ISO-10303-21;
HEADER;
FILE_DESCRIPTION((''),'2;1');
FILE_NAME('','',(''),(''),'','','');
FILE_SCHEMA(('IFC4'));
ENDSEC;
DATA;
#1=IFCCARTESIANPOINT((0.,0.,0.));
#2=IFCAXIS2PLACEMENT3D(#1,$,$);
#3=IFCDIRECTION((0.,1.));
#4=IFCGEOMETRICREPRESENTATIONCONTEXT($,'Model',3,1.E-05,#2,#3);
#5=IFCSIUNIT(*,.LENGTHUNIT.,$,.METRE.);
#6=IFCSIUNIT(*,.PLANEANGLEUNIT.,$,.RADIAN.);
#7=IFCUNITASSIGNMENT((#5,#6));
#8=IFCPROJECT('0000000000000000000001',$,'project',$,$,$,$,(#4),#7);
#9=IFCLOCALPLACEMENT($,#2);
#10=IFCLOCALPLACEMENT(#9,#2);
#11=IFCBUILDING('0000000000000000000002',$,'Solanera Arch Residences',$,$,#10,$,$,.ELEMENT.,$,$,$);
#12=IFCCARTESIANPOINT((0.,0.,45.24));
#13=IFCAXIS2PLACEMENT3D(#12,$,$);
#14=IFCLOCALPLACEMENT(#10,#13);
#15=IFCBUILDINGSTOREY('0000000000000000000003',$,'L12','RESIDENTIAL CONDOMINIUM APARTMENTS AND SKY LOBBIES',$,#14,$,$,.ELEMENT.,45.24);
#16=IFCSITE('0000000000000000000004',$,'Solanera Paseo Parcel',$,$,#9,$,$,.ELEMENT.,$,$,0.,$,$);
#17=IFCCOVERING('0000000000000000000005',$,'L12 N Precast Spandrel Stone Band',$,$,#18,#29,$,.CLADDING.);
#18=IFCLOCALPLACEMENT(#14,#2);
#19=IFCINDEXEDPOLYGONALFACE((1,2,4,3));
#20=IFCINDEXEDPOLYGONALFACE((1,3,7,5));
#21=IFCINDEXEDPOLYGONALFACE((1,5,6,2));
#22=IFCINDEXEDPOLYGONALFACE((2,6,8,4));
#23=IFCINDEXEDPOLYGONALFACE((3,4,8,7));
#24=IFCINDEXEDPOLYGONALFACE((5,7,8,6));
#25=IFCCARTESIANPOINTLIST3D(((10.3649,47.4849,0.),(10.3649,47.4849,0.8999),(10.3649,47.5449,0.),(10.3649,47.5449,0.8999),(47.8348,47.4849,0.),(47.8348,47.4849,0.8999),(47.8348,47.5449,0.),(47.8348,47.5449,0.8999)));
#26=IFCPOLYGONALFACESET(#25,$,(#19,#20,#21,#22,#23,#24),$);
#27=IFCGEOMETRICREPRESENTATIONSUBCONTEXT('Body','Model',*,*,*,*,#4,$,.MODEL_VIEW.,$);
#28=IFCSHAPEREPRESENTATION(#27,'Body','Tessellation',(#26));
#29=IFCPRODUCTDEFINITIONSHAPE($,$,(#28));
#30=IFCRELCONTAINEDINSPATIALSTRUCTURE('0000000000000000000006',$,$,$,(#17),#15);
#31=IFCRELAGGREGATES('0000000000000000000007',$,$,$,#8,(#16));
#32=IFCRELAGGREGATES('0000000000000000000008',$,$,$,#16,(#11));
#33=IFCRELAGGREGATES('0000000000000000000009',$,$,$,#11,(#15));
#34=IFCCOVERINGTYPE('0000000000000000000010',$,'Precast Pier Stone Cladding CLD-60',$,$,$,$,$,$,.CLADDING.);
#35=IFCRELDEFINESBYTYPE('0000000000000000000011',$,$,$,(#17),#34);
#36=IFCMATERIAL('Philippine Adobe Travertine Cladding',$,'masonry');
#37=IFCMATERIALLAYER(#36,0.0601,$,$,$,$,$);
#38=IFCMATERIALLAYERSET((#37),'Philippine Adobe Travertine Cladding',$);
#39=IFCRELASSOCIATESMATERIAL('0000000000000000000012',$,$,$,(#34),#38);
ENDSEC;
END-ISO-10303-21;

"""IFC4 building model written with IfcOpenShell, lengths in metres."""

from ifc_helpers import new_model, si_unit, direction, frame, frame_2d, origin, place, context, subcontext, project, spatial, rectangle, extrude, material, layer, layer_set, type_object, element, save


model = new_model("IFC4")

# Units and contexts
model_context = context("Model", 3, precision=1e-05, world=origin(), true_north=direction((0.0, 1.0)))
body_context = subcontext(model_context, "Body", "Model", "MODEL_VIEW")
ifc_project = project(units=[si_unit("LENGTHUNIT", "METRE"), si_unit("PLANEANGLEUNIT", "RADIAN")], contexts=[model_context])

# Site, building, storey
site_placement = place(None, origin())
site = spatial("IfcSite", under=ifc_project, at=site_placement, Name="Solanera Paseo Parcel", CompositionType="ELEMENT", RefElevation=0.0)
building_placement = place(site_placement, origin())
building = spatial("IfcBuilding", under=site, at=building_placement, Name="Solanera Arch Residences", CompositionType="ELEMENT")
storey_placement = place(building_placement, frame((0.0, 0.0, 45.24)))
storey = spatial("IfcBuildingStorey", under=building, at=storey_placement, Name="L12", Description="RESIDENTIAL CONDOMINIUM APARTMENTS AND SKY LOBBIES", CompositionType="ELEMENT", Elevation=45.24)

# Covering
ifc_material_1 = material(Name="Philippine Adobe Travertine Cladding", Category="masonry")
ifc_layer_1 = layer(ifc_material_1, 0.0601)
ifc_layer_set_1 = layer_set([ifc_layer_1], Name="Philippine Adobe Travertine Cladding")
covering_type = type_object("IfcCoveringType", Name="Precast Pier Stone Cladding CLD-60", PredefinedType="CLADDING", material=ifc_layer_set_1)
covering_placement = place(storey_placement, frame((10.365, 47.5149, 0.0), z_axis=(0.0, 0.0, 1.0), x_axis=(1.0, 0.0, 0.0)))
element("IfcCovering", 1, at=covering_placement, inside=storey, type_object=covering_type, Name="L12 N Precast Spandrel Stone Band", PredefinedType="CLADDING", context=body_context, shape_type="SweptSolid", body=[
    extrude(rectangle(XDim=37.47, YDim=0.0601, at=frame_2d((18.7349, 0.0))), origin(), (0.0, 0.0, 1.0), 0.8999),
])

save(model, "model.ifc")
